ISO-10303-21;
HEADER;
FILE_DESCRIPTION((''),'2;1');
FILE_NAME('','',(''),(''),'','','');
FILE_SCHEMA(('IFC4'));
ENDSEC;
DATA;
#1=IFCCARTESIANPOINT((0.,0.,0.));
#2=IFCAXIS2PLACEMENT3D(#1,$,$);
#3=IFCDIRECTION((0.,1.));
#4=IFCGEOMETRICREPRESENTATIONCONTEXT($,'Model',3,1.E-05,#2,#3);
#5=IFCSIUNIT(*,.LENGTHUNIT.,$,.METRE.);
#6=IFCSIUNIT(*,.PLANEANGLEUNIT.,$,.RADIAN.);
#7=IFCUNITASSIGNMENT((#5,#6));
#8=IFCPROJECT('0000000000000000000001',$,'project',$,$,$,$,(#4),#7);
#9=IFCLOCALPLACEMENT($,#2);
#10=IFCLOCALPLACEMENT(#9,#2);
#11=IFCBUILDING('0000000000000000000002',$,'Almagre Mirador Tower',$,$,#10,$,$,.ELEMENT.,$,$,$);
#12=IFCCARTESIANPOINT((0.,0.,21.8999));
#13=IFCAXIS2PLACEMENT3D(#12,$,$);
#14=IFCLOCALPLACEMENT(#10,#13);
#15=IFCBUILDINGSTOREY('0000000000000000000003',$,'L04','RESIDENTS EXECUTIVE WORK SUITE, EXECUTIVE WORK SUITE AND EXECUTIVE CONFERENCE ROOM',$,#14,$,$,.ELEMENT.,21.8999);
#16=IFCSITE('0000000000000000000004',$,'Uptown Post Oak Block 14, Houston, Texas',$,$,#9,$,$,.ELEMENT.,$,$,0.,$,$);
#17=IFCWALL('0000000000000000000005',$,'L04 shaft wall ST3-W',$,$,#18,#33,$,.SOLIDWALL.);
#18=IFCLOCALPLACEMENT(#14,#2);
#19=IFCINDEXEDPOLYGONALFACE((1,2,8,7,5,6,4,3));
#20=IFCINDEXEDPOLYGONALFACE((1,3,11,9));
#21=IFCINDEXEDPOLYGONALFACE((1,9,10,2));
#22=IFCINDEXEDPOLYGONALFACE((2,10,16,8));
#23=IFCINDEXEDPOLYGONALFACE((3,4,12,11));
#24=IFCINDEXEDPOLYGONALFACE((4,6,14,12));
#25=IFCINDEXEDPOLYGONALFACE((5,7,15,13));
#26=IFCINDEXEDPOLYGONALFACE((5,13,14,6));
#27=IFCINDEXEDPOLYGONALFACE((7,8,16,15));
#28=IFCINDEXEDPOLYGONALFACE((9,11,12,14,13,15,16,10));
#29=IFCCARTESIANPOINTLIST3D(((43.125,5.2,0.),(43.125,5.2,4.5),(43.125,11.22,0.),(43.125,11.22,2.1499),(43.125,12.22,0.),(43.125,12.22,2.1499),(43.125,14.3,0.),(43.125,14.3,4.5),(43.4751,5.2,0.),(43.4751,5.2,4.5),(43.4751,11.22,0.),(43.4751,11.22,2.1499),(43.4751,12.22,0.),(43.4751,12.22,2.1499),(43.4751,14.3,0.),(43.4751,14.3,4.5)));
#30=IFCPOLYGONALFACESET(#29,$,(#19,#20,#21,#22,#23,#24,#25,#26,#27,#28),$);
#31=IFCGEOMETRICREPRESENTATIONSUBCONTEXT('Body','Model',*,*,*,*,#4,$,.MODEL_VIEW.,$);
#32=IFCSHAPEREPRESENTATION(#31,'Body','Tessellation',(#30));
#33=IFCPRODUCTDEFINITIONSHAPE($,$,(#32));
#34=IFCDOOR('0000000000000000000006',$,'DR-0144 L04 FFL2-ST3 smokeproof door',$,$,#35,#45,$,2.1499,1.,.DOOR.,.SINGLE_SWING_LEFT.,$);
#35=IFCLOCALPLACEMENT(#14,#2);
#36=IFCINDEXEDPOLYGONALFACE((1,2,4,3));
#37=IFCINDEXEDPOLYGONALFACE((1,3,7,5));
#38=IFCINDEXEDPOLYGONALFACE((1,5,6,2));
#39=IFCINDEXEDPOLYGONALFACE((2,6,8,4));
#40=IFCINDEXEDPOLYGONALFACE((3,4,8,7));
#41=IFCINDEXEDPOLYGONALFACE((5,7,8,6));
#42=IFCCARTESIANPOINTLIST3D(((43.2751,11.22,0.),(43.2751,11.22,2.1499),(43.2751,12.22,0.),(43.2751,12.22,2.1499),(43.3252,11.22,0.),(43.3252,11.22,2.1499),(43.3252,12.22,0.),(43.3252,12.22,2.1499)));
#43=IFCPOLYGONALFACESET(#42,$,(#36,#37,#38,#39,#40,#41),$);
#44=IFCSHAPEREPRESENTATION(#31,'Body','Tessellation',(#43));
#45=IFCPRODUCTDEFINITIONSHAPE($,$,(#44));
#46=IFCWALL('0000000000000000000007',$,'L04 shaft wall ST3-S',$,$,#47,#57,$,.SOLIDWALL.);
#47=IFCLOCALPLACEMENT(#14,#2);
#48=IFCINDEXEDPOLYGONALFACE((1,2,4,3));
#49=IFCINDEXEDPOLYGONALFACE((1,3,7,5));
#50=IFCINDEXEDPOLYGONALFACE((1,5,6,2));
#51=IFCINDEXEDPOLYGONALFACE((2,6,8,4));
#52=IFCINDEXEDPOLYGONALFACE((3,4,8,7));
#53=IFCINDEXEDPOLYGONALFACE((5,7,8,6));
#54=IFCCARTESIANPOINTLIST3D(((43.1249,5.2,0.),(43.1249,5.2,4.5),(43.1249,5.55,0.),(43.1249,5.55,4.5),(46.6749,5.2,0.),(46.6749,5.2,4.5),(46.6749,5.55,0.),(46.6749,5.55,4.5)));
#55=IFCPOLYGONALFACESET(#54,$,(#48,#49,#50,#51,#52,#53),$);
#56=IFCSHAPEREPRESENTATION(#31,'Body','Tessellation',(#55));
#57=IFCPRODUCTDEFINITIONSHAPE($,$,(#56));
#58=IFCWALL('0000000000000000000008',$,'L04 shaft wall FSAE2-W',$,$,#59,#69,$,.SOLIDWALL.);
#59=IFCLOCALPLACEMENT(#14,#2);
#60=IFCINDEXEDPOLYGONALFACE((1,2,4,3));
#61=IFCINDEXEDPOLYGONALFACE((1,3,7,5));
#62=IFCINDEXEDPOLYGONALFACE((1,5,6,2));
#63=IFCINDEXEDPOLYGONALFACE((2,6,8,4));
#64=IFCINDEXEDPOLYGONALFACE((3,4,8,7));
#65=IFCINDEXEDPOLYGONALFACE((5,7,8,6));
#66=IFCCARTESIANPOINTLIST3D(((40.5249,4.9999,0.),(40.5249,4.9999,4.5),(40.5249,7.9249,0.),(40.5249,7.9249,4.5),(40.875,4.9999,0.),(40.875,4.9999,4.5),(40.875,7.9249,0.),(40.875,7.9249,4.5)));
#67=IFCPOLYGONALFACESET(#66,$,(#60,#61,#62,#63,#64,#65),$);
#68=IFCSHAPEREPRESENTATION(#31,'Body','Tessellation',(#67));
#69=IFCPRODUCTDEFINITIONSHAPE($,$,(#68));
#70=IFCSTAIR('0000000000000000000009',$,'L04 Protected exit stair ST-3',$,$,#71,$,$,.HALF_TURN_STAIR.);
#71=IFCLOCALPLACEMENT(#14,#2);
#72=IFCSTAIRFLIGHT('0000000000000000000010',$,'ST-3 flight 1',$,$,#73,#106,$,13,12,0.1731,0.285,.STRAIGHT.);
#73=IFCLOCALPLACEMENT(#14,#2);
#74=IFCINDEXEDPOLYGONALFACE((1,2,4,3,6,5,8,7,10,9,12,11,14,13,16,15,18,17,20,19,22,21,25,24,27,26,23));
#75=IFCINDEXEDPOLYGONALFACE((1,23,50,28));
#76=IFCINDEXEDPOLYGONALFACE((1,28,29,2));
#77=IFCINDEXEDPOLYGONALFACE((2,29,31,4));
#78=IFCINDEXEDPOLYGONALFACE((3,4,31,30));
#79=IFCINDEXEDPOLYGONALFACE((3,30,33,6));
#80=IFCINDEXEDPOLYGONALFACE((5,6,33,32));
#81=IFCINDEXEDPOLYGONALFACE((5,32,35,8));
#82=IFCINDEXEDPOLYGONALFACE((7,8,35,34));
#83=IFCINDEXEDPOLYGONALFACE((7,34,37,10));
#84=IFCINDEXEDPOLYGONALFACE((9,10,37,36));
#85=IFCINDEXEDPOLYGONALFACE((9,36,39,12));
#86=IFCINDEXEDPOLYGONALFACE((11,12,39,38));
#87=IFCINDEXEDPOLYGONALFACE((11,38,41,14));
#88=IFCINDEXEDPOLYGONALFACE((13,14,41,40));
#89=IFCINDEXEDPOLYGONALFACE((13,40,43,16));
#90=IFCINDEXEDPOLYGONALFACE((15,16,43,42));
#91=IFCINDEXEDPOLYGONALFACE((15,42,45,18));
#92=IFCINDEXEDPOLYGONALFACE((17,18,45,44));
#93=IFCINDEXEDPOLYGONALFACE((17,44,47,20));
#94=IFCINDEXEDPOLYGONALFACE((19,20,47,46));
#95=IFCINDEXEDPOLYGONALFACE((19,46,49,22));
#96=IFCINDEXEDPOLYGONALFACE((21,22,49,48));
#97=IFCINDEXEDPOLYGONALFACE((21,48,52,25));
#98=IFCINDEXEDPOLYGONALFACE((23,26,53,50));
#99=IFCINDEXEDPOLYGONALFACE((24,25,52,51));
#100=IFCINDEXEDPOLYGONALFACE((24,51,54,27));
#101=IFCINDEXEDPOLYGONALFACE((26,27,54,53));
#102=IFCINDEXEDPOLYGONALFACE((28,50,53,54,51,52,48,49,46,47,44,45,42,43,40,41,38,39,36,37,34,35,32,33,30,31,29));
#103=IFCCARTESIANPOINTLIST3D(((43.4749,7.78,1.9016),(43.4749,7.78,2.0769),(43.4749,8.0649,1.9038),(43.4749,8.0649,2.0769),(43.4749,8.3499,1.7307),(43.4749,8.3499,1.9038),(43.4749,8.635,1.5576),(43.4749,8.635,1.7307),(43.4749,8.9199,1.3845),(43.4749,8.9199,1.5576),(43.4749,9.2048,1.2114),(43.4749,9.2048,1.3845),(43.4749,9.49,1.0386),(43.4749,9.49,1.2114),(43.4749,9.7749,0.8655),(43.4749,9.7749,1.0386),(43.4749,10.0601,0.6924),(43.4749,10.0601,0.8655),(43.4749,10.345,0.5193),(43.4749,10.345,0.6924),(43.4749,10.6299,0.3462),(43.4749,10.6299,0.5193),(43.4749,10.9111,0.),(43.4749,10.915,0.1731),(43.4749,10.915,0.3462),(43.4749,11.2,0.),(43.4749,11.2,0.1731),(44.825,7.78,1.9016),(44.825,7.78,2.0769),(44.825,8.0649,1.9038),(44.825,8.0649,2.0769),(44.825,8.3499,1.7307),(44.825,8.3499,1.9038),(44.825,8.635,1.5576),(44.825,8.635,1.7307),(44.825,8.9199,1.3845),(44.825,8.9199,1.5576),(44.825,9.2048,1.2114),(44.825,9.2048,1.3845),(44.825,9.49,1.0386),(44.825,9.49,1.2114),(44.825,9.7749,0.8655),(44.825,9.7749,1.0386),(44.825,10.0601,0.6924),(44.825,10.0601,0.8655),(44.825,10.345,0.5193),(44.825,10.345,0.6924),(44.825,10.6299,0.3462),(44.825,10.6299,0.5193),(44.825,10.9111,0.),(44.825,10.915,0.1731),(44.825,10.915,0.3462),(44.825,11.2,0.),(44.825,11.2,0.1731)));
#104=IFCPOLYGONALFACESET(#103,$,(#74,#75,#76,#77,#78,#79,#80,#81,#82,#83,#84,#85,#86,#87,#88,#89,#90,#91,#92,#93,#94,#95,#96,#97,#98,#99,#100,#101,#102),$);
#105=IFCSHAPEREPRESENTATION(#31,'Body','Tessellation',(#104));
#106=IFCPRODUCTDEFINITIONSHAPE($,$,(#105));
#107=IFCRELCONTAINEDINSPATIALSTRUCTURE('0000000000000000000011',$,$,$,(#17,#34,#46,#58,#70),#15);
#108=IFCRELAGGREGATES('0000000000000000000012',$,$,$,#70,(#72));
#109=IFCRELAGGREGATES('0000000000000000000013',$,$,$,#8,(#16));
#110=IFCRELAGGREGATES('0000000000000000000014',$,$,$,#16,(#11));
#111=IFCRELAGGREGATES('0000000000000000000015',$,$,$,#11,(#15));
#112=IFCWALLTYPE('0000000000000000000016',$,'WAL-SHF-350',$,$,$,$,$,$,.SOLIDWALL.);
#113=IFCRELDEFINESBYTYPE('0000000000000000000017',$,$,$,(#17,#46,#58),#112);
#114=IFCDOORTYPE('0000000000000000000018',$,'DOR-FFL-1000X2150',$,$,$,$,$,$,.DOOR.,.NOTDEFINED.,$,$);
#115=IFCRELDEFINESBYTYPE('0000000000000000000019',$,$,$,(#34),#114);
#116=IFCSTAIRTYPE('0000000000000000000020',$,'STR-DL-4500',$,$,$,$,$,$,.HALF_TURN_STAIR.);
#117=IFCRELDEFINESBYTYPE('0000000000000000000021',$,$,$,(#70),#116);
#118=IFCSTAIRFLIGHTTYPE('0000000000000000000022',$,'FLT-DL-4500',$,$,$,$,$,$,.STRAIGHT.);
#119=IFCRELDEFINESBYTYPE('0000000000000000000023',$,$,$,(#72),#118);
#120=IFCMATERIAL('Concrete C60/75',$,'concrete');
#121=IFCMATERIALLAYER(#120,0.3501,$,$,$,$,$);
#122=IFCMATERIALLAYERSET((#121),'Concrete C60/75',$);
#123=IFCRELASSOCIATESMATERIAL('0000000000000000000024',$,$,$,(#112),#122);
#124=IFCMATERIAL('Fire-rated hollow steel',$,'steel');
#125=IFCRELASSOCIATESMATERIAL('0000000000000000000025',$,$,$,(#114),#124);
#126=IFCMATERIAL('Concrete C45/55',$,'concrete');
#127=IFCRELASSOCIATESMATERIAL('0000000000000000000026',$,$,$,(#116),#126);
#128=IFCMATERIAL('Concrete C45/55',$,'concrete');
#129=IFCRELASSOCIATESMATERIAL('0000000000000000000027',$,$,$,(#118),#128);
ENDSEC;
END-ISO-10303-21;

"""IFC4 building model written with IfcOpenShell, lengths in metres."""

from ifc_helpers import new_model, si_unit, direction, frame, frame_2d, origin, place, context, subcontext, project, spatial, polyline, rectangle, outline, extrude, material, layer, layer_set, type_object, element, fill, aggregate, save


model = new_model("IFC4")

# Units and contexts
model_context = context("Model", 3, precision=1e-05, world=origin(), true_north=direction((0.0, 1.0)))
body_context = subcontext(model_context, "Body", "Model", "MODEL_VIEW")
ifc_project = project(units=[si_unit("LENGTHUNIT", "METRE"), si_unit("PLANEANGLEUNIT", "RADIAN")], contexts=[model_context])

# Site, building, storey
site_placement = place(None, origin())
site = spatial("IfcSite", under=ifc_project, at=site_placement, Name="Uptown Post Oak Block 14, Houston, Texas", CompositionType="ELEMENT", RefElevation=0.0)
building_placement = place(site_placement, origin())
building = spatial("IfcBuilding", under=site, at=building_placement, Name="Almagre Mirador Tower", CompositionType="ELEMENT")
storey_placement = place(building_placement, frame((0.0, 0.0, 21.8999)))
storey = spatial("IfcBuildingStorey", under=building, at=storey_placement, Name="L04", Description="RESIDENTS EXECUTIVE WORK SUITE, EXECUTIVE WORK SUITE AND EXECUTIVE CONFERENCE ROOM", CompositionType="ELEMENT", Elevation=21.8999)

# Wall, opening, door
ifc_material_1 = material(Name="Concrete C60/75", Category="concrete")
ifc_layer_1 = layer(ifc_material_1, 0.3501)
ifc_layer_set_1 = layer_set([ifc_layer_1], Name="Concrete C60/75")
wall_type_1 = type_object("IfcWallType", Name="WAL-SHF-350", PredefinedType="SOLIDWALL", material=ifc_layer_set_1)
wall_1_placement = place(storey_placement, frame((43.3, 5.2, 0.0), z_axis=(0.0, 0.0, 1.0), x_axis=(0.0, 1.0, 0.0)))
wall_1 = element("IfcWall", 1, at=wall_1_placement, inside=storey, type_object=wall_type_1, Name="L04 shaft wall ST3-W", PredefinedType="SOLIDWALL", context=body_context, shape_type="SweptSolid", body=[
    extrude(rectangle(XDim=9.1001, YDim=0.3501, at=frame_2d((4.55, 0.0))), origin(), (0.0, 0.0, 1.0), 4.5),
])
opening_1_placement = place(wall_1_placement, frame((6.02, 0.0, 0.0)))
opening_1 = element("IfcOpeningElement", 2, at=opening_1_placement, cuts=wall_1, PredefinedType="OPENING", context=body_context, shape_type="SweptSolid", body=[
    extrude(rectangle(XDim=1.0, YDim=2.1499, at=frame_2d((0.5, 1.075))), frame((0.0, 0.185, 0.0), z_axis=(0.0, -1.0, 0.0), x_axis=(1.0, 0.0, 0.0)), (0.0, 0.0, 1.0), 0.3701),
])
ifc_material_2 = material(Name="Fire-rated hollow steel", Category="steel")
door_type = type_object("IfcDoorType", Name="DOR-FFL-1000X2150", OperationType="NOTDEFINED", PredefinedType="DOOR", material=ifc_material_2)
door_placement = place(opening_1_placement, origin())
door = element("IfcDoor", 3, at=door_placement, inside=storey, type_object=door_type, Name="DR-0144 L04 FFL2-ST3 smokeproof door", OperationType="SINGLE_SWING_LEFT", OverallHeight=2.1499, OverallWidth=1.0, PredefinedType="DOOR", context=body_context, shape_type="SweptSolid", body=[
    extrude(rectangle(XDim=1.0, YDim=2.1499, at=frame_2d((0.5, 1.075))), frame((0.0, 0.0249, 0.0), z_axis=(0.0, -1.0, 0.0), x_axis=(1.0, 0.0, 0.0)), (0.0, 0.0, 1.0), 0.05),
])
fill(opening_1, door)

# Walls
wall_2_placement = place(storey_placement, frame((43.125, 5.375, 0.0), z_axis=(0.0, 0.0, 1.0), x_axis=(1.0, 0.0, 0.0)))
element("IfcWall", 4, at=wall_2_placement, inside=storey, type_object=wall_type_1, Name="L04 shaft wall ST3-S", PredefinedType="SOLIDWALL", context=body_context, shape_type="SweptSolid", body=[
    extrude(rectangle(XDim=3.55, YDim=0.3501, at=frame_2d((1.7749, 0.0))), origin(), (0.0, 0.0, 1.0), 4.5),
])
wall_3_placement = place(storey_placement, frame((40.7, 5.0, 0.0), z_axis=(0.0, 0.0, 1.0), x_axis=(0.0, 1.0, 0.0)))
element("IfcWall", 5, at=wall_3_placement, inside=storey, type_object=wall_type_1, Name="L04 shaft wall FSAE2-W", PredefinedType="SOLIDWALL", context=body_context, shape_type="SweptSolid", body=[
    extrude(rectangle(XDim=2.925, YDim=0.3501, at=frame_2d((1.4624, 0.0))), origin(), (0.0, 0.0, 1.0), 4.5),
])

# Stair, stair flight
ifc_material_3 = material(Name="Concrete C45/55", Category="concrete")
stair_type = type_object("IfcStairType", Name="STR-DL-4500", PredefinedType="HALF_TURN_STAIR", material=ifc_material_3)
stair_placement = place(storey_placement, origin())
stair = element("IfcStair", 6, at=stair_placement, inside=storey, type_object=stair_type, Name="L04 Protected exit stair ST-3", PredefinedType="HALF_TURN_STAIR")
ifc_material_4 = material(Name="Concrete C45/55", Category="concrete")
stair_flight_type = type_object("IfcStairFlightType", Name="FLT-DL-4500", PredefinedType="STRAIGHT", material=ifc_material_4)
stair_flight_placement = place(storey_placement, frame((44.1499, 11.2, 0.0), z_axis=(0.0, 0.0, 1.0), x_axis=(0.0, -1.0, 0.0)))
stair_flight = element("IfcStairFlight", 7, at=stair_flight_placement, type_object=stair_flight_type, Name="ST-3 flight 1", NumberOfRisers=13, NumberOfTreads=12, PredefinedType="STRAIGHT", RiserHeight=0.1731, TreadLength=0.285, context=body_context, shape_type="SweptSolid", body=[
    extrude(outline(polyline([(0.0, 0.0), (0.0, 0.1731), (0.2849, 0.1731), (0.2849, 0.3462), (0.5701, 0.3462), (0.5701, 0.5193), (0.855, 0.5193), (0.855, 0.6924), (1.1399, 0.6924), (1.1399, 0.8655), (1.425, 0.8655), (1.425, 1.0386), (1.71, 1.0386), (1.71, 1.2114), (1.9951, 1.2114), (1.9951, 1.3845), (2.28, 1.3845), (2.28, 1.5576), (2.5649, 1.5576), (2.5649, 1.7307), (2.8501, 1.7307), (2.8501, 1.9038), (3.135, 1.9038), (3.135, 2.0769), (3.4199, 2.0769), (3.4199, 2.25), (3.4199, 1.9016), (0.2888, 0.0), (0.0, 0.0)])), frame((0.0, 0.675, 0.0), z_axis=(0.0, -1.0, 0.0), x_axis=(1.0, 0.0, 0.0)), (0.0, 0.0, 1.0), 1.3501),
])
aggregate(stair, [stair_flight])

save(model, "model.ifc")
